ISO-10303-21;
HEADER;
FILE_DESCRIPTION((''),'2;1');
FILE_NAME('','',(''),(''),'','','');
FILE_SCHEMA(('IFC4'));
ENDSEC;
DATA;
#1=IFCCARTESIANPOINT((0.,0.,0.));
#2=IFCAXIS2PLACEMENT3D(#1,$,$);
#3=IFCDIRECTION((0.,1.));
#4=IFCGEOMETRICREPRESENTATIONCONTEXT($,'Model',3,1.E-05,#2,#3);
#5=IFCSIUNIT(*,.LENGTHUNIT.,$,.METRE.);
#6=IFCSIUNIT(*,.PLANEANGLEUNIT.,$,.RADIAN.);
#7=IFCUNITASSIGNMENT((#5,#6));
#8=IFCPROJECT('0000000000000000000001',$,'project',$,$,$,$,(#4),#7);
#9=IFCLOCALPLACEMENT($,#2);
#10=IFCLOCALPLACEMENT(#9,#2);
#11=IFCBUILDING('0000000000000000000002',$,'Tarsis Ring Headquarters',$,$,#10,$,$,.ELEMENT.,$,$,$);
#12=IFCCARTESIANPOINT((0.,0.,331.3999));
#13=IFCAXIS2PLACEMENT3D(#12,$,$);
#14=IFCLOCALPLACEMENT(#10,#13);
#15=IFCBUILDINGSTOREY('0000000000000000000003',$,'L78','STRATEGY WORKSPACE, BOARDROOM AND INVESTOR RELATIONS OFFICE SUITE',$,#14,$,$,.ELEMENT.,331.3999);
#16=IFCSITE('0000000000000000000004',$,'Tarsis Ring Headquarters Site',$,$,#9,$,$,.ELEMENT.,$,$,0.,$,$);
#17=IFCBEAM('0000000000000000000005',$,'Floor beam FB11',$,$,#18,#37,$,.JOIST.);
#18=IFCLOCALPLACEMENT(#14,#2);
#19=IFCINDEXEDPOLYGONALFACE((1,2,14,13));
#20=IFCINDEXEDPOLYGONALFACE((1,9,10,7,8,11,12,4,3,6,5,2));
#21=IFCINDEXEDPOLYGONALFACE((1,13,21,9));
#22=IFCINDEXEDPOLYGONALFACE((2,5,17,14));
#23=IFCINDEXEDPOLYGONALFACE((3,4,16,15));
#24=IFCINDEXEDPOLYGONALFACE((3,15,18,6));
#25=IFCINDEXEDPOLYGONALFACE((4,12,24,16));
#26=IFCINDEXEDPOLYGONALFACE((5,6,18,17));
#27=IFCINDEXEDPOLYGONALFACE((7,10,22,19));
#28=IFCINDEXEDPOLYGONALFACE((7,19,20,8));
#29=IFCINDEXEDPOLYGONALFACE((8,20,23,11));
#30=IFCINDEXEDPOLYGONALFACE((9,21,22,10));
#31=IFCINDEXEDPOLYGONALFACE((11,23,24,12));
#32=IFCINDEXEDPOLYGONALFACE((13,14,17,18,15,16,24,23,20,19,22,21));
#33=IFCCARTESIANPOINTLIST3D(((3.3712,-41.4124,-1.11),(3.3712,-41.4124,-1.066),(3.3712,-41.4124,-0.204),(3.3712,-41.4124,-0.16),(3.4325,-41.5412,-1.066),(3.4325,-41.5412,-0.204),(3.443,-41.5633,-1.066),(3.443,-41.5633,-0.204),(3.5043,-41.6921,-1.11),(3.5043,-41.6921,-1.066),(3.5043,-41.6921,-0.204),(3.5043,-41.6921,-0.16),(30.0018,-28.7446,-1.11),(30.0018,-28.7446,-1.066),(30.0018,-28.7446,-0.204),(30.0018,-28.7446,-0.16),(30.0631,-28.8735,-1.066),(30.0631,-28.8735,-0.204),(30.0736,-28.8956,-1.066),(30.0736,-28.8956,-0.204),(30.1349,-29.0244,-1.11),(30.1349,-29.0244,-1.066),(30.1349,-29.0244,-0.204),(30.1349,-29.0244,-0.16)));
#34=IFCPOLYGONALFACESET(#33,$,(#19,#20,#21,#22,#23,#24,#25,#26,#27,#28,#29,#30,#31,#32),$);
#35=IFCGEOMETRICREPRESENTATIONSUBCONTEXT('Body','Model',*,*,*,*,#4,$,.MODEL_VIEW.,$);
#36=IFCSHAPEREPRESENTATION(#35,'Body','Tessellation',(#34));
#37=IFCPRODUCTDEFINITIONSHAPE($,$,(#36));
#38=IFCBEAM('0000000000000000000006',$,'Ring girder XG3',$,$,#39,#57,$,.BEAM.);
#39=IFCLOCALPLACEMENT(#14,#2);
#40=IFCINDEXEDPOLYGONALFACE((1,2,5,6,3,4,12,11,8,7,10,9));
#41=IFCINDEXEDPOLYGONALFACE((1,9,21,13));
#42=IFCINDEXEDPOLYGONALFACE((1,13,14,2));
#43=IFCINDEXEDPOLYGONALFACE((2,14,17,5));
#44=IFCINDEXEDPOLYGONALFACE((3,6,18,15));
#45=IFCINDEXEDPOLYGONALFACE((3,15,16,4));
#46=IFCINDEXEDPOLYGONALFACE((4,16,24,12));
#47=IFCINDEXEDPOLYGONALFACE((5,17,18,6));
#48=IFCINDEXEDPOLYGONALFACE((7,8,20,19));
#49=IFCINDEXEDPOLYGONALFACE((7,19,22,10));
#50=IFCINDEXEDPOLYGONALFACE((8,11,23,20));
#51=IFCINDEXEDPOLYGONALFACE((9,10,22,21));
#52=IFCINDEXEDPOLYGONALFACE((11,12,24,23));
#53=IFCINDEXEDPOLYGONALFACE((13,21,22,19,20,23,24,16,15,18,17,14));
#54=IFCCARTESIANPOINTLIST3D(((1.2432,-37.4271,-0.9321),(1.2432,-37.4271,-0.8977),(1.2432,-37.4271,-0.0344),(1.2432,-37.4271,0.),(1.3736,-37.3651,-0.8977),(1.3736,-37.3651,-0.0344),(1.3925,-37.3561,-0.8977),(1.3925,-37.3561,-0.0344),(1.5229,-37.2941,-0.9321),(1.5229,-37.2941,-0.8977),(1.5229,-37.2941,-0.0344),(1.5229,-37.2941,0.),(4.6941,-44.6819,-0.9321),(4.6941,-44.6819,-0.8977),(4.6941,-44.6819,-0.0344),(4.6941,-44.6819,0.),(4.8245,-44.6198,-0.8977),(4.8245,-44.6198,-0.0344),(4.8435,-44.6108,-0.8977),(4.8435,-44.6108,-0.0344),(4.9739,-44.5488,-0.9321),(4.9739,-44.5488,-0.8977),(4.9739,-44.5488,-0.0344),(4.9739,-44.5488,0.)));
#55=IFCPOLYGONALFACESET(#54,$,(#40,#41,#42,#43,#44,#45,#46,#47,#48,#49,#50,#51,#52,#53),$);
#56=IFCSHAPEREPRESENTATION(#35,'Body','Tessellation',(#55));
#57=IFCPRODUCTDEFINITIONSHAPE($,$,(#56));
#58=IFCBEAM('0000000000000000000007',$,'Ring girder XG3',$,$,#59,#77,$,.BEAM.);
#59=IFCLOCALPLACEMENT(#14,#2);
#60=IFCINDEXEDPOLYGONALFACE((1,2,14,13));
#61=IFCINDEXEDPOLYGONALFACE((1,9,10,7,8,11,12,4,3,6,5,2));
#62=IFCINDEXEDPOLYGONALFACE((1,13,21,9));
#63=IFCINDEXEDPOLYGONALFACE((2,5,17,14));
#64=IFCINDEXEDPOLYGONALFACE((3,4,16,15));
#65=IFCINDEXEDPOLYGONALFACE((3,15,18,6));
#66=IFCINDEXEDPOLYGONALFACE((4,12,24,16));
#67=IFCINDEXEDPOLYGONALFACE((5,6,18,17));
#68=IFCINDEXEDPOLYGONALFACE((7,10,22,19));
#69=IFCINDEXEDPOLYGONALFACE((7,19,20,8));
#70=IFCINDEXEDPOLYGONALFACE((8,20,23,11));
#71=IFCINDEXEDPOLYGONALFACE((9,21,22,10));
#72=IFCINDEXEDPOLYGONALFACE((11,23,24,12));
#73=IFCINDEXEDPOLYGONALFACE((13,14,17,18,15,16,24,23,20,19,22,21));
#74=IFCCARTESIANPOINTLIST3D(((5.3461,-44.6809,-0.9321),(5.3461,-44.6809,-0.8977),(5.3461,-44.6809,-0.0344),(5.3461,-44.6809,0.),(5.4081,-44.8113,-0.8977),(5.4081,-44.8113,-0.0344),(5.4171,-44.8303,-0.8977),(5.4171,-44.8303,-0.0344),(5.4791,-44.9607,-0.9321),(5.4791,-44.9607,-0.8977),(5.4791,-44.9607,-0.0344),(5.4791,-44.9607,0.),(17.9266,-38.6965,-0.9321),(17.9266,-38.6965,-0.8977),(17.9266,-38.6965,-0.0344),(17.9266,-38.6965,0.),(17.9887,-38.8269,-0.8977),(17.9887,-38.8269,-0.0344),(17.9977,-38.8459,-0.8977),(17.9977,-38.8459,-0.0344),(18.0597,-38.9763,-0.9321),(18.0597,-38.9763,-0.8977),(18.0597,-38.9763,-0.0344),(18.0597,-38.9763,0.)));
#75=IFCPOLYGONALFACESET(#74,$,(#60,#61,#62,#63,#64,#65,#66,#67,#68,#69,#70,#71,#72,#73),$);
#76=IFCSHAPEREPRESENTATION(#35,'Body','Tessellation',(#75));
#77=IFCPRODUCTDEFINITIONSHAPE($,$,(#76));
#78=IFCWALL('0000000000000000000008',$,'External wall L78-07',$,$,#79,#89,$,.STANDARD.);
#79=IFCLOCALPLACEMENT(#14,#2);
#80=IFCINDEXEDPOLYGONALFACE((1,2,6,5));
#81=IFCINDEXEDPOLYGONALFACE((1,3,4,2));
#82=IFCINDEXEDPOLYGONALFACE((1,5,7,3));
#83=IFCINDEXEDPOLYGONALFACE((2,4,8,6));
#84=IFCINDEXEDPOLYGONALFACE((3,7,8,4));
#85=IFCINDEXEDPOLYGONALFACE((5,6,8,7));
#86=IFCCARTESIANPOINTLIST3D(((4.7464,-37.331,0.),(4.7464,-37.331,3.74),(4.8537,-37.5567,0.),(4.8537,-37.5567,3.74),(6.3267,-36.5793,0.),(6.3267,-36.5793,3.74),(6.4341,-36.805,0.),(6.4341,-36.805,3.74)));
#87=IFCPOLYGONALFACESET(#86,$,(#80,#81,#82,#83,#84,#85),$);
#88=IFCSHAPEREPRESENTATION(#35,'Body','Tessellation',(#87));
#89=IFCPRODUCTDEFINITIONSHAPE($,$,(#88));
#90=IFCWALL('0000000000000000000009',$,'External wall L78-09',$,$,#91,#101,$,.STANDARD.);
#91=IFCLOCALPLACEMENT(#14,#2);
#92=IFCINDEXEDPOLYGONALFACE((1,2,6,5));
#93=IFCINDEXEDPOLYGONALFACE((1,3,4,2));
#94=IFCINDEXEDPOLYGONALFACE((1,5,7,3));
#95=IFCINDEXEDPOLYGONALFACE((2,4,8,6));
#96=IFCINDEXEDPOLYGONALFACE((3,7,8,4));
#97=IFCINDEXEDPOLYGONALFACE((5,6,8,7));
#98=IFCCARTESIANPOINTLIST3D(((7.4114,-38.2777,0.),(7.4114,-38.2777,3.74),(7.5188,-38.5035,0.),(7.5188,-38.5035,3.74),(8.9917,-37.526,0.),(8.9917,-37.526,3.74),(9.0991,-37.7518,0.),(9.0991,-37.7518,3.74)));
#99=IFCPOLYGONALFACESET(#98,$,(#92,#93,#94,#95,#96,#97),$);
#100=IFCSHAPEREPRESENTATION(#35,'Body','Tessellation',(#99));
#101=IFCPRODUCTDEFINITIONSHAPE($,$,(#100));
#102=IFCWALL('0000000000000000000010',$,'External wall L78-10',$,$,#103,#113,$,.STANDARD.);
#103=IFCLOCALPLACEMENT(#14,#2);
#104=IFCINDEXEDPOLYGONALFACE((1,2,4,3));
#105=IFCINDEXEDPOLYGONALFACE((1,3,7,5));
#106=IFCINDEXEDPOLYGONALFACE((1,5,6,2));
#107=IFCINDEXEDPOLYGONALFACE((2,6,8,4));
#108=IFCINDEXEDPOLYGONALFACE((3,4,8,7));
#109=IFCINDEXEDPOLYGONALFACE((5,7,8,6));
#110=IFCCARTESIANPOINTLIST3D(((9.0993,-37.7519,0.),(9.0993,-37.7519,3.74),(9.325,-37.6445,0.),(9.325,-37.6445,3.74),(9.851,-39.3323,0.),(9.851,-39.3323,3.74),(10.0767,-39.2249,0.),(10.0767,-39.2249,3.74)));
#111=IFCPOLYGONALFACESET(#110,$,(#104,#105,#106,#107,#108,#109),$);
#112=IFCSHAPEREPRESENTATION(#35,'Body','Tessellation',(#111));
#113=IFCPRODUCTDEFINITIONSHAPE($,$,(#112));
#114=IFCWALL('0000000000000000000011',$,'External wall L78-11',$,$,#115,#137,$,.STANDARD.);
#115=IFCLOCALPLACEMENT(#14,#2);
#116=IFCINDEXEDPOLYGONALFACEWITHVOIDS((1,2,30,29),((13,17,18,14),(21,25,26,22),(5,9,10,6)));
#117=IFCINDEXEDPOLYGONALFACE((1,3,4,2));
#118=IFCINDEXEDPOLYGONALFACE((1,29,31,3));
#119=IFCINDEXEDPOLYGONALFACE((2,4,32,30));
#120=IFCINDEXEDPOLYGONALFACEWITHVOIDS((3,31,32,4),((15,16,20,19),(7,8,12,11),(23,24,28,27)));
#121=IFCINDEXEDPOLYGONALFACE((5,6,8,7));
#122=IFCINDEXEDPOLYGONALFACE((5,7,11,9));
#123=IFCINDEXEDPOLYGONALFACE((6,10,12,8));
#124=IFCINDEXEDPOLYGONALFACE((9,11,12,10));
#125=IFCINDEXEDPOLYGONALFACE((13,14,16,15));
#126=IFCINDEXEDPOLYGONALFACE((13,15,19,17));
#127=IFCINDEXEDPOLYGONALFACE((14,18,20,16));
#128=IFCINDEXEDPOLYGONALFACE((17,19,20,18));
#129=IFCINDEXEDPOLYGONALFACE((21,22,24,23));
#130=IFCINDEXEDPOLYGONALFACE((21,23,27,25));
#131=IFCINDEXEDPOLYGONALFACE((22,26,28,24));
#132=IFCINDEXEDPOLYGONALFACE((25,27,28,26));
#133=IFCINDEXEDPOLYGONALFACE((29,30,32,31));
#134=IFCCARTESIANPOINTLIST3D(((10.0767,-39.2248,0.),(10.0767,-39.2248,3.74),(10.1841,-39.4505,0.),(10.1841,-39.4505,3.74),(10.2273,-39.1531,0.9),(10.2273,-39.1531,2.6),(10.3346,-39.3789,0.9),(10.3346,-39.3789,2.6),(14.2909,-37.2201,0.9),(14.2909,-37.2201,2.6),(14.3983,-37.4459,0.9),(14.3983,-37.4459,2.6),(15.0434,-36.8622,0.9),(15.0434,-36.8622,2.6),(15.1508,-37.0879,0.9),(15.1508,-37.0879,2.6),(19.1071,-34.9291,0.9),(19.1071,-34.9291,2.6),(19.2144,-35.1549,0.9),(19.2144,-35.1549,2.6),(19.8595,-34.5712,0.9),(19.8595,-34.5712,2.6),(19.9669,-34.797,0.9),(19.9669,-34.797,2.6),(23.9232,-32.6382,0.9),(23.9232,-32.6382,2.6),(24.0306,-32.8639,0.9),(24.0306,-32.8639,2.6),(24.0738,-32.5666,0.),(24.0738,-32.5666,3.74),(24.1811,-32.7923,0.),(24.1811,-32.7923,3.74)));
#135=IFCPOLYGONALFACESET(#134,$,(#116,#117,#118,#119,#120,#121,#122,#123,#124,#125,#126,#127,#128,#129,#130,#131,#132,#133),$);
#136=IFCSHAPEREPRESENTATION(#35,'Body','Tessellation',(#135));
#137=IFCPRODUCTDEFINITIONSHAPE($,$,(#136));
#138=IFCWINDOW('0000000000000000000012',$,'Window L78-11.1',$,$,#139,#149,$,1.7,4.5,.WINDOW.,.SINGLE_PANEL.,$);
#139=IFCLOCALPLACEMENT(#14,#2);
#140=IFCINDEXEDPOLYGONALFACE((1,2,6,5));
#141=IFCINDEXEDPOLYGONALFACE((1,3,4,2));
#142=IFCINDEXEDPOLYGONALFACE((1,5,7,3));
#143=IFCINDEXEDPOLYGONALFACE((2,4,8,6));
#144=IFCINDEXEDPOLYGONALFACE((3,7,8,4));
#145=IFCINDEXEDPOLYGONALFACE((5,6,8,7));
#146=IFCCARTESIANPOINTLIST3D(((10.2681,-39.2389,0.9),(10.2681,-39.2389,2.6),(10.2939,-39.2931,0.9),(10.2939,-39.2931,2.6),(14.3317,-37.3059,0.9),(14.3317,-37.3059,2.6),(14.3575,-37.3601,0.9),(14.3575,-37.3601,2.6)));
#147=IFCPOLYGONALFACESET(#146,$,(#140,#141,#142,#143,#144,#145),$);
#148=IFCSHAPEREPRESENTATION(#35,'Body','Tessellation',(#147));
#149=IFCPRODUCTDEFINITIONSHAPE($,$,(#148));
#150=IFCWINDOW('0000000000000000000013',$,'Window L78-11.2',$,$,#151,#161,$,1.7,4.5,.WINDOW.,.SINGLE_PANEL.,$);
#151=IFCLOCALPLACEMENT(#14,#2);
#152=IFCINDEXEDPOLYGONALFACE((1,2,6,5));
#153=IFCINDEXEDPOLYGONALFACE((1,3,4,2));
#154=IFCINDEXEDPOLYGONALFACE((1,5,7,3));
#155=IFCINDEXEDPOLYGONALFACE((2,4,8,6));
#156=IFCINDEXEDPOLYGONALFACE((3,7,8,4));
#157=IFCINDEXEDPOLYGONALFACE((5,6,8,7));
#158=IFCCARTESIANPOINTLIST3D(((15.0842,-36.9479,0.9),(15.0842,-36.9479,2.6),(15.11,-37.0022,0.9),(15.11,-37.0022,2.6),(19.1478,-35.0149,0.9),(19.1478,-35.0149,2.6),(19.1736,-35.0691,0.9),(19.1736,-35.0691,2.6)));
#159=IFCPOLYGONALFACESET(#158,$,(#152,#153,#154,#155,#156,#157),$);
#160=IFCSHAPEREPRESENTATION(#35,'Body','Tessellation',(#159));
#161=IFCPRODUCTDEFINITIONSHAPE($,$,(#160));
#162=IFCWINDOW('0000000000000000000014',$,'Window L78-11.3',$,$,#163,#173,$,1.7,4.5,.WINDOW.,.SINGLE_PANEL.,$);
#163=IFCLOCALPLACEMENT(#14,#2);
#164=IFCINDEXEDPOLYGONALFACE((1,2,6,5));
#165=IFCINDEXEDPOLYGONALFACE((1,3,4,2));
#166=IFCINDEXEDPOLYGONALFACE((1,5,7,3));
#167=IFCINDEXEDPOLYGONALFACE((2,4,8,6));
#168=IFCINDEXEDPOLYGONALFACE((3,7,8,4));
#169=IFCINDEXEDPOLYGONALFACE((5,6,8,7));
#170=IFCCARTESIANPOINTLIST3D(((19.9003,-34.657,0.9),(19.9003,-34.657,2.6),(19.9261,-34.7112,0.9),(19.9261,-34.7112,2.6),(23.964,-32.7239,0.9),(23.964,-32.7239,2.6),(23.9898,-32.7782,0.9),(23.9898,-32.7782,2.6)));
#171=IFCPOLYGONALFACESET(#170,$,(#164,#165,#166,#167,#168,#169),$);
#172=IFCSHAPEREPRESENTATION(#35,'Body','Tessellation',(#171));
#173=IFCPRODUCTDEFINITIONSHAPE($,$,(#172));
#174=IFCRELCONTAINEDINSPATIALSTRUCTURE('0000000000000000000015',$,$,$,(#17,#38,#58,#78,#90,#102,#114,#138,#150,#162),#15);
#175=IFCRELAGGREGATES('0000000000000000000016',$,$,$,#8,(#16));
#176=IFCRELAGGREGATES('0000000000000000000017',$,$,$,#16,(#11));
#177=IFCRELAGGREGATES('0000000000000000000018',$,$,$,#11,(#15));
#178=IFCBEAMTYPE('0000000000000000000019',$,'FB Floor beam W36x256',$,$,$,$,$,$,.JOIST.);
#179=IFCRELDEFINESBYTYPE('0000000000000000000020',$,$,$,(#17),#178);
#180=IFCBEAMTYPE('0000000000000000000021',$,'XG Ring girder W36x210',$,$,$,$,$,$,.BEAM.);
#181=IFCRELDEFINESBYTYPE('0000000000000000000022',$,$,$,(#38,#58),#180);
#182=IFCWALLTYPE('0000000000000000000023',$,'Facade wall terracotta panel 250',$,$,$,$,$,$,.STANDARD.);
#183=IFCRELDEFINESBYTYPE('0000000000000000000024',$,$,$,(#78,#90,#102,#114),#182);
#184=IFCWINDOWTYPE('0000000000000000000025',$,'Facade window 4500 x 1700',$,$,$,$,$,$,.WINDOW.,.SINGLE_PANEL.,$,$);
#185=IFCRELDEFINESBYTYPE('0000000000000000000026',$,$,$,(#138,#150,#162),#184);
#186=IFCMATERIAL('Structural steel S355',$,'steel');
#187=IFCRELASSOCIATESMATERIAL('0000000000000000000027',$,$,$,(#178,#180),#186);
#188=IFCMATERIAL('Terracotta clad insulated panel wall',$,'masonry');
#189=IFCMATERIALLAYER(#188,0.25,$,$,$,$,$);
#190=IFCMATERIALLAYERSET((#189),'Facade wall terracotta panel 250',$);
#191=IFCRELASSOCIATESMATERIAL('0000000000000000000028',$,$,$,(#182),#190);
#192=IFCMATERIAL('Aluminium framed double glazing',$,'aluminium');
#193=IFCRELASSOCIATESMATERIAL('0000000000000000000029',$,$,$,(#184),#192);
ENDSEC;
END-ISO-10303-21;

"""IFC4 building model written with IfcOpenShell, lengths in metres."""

from ifc_helpers import new_model, si_unit, direction, frame, frame_2d, origin, origin_2d, place, context, subcontext, project, spatial, rectangle, i_section, extrude, material, layer, layer_set, material_profile, profile_set, type_object, element, fill, save


model = new_model("IFC4")

# Units and contexts
model_context = context("Model", 3, precision=1e-05, world=origin(), true_north=direction((0.0, 1.0)))
body_context = subcontext(model_context, "Body", "Model", "MODEL_VIEW")
ifc_project = project(units=[si_unit("LENGTHUNIT", "METRE"), si_unit("PLANEANGLEUNIT", "RADIAN")], contexts=[model_context])

# Site, building, storey
site_placement = place(None, origin())
site = spatial("IfcSite", under=ifc_project, at=site_placement, Name="Tarsis Ring Headquarters Site", CompositionType="ELEMENT", RefElevation=0.0)
building_placement = place(site_placement, origin())
building = spatial("IfcBuilding", under=site, at=building_placement, Name="Tarsis Ring Headquarters", CompositionType="ELEMENT")
storey_placement = place(building_placement, frame((0.0, 0.0, 331.3999)))
storey = spatial("IfcBuildingStorey", under=building, at=storey_placement, Name="L78", Description="STRATEGY WORKSPACE, BOARDROOM AND INVESTOR RELATIONS OFFICE SUITE", CompositionType="ELEMENT", Elevation=331.3999)

# Shared definitions
ifc_material_1 = material(Name="Structural steel S355", Category="steel")

# Beams
ifc_material_profile_1 = material_profile(ifc_material_1, i_section(OverallWidth=0.3098, OverallDepth=0.95, WebThickness=0.0244, FlangeThickness=0.0439, at=origin_2d()), Name="W36x256")
ifc_profile_set_1 = profile_set([ifc_material_profile_1], Name="Structural steel S355")
beam_type_1 = type_object("IfcBeamType", Name="FB Floor beam W36x256", PredefinedType="JOIST", material=ifc_profile_set_1)
beam_1_placement = place(storey_placement, frame((3.4377, -41.5522, -0.635), z_axis=(0.903038, 0.42956, 0.0), x_axis=(-0.42956, 0.903038, 0.0)))
element("IfcBeam", 1, at=beam_1_placement, inside=storey, type_object=beam_type_1, Name="Floor beam FB11", PredefinedType="JOIST", context=body_context, shape_type="SweptSolid", body=[
    extrude(i_section(OverallWidth=0.3098, OverallDepth=0.95, WebThickness=0.0244, FlangeThickness=0.0439, at=origin_2d()), origin(), (0.0, 0.0, 1.0), 29.49),
])
ifc_material_profile_2 = material_profile(ifc_material_1, i_section(OverallWidth=0.3098, OverallDepth=0.9321, WebThickness=0.021, FlangeThickness=0.0344, at=origin_2d()), Name="W36x210")
ifc_profile_set_2 = profile_set([ifc_material_profile_2], Name="Structural steel S355")
beam_type_2 = type_object("IfcBeamType", Name="XG Ring girder W36x210", PredefinedType="BEAM", material=ifc_profile_set_2)
beam_2_placement = place(storey_placement, frame((1.3831, -37.3606, -0.4661), z_axis=(0.429562, -0.903037, 0.0), x_axis=(0.903037, 0.429562, 0.0)))
element("IfcBeam", 2, at=beam_2_placement, inside=storey, type_object=beam_type_2, Name="Ring girder XG3", PredefinedType="BEAM", context=body_context, shape_type="SweptSolid", body=[
    extrude(i_section(OverallWidth=0.3098, OverallDepth=0.9321, WebThickness=0.021, FlangeThickness=0.0344, at=origin_2d()), origin(), (0.0, 0.0, 1.0), 8.0337),
])
beam_3_placement = place(storey_placement, frame((5.4126, -44.8208, -0.4661), z_axis=(0.903038, 0.429561, 0.0), x_axis=(-0.429561, 0.903038, 0.0)))
element("IfcBeam", 3, at=beam_3_placement, inside=storey, type_object=beam_type_2, Name="Ring girder XG3", PredefinedType="BEAM", context=body_context, shape_type="SweptSolid", body=[
    extrude(i_section(OverallWidth=0.3098, OverallDepth=0.9321, WebThickness=0.021, FlangeThickness=0.0344, at=origin_2d()), origin(), (0.0, 0.0, 1.0), 13.9314),
])

# Walls
ifc_material_2 = material(Name="Terracotta clad insulated panel wall", Category="masonry")
ifc_layer = layer(ifc_material_2, 0.25)
ifc_layer_set = layer_set([ifc_layer], Name="Facade wall terracotta panel 250")
wall_type = type_object("IfcWallType", Name="Facade wall terracotta panel 250", PredefinedType="STANDARD", material=ifc_layer_set)
for number, where, z_axis, x_axis, name in (
    (4, (4.8, -37.4438, 0.0), (0.0, 0.0, 1.0), (0.903044, 0.429549, 0.0), "External wall L78-07"),
    (5, (7.4651, -38.3906, 0.0), (0.0, 0.0, 1.0), (0.903044, 0.429549, 0.0), "External wall L78-09"),
    (6, (9.2122, -37.6982, 0.0), (0.0, 0.0, 1.0), (0.429549, -0.903044, 0.0), "External wall L78-10"),
):
    element("IfcWall", number, at=place(storey_placement, frame(where, z_axis=z_axis, x_axis=x_axis)), inside=storey, type_object=wall_type, Name=name, PredefinedType="STANDARD", context=body_context, shape_type="SweptSolid", body=[
        extrude(rectangle(XDim=1.75, YDim=0.25, at=frame_2d((0.875, 0.0))), origin(), (0.0, 0.0, 1.0), 3.74),
    ])

# Wall, openings, windows
wall_placement = place(storey_placement, frame((10.1304, -39.3376, 0.0), z_axis=(0.0, 0.0, 1.0), x_axis=(0.903037, 0.429562, 0.0)))
wall = element("IfcWall", 7, at=wall_placement, inside=storey, type_object=wall_type, Name="External wall L78-11", PredefinedType="STANDARD", context=body_context, shape_type="SweptSolid", body=[
    extrude(rectangle(XDim=15.5, YDim=0.25, at=frame_2d((7.75, 0.0))), origin(), (0.0, 0.0, 1.0), 3.74),
])
opening_1_placement = place(wall_placement, frame((0.1667, 0.0, 0.8999)))
opening_1 = element("IfcOpeningElement", 8, at=opening_1_placement, cuts=wall, PredefinedType="OPENING", context=body_context, shape_type="SweptSolid", body=[
    extrude(rectangle(XDim=4.5, YDim=1.7, at=frame_2d((2.25, 0.8501))), frame((0.0, 0.135, 0.0), z_axis=(0.0, -1.0, 0.0), x_axis=(1.0, 0.0, 0.0)), (0.0, 0.0, 1.0), 0.27),
])
opening_2_placement = place(wall_placement, frame((5.5, 0.0, 0.8999)))
opening_2 = element("IfcOpeningElement", 9, at=opening_2_placement, cuts=wall, PredefinedType="OPENING", context=body_context, shape_type="SweptSolid", body=[
    extrude(rectangle(XDim=4.5, YDim=1.7, at=frame_2d((2.25, 0.8501))), frame((0.0, 0.135, 0.0), z_axis=(0.0, -1.0, 0.0), x_axis=(1.0, 0.0, 0.0)), (0.0, 0.0, 1.0), 0.27),
])
opening_3_placement = place(wall_placement, frame((10.8333, 0.0, 0.8999)))
opening_3 = element("IfcOpeningElement", 10, at=opening_3_placement, cuts=wall, PredefinedType="OPENING", context=body_context, shape_type="SweptSolid", body=[
    extrude(rectangle(XDim=4.5, YDim=1.7, at=frame_2d((2.25, 0.8501))), frame((0.0, 0.135, 0.0), z_axis=(0.0, -1.0, 0.0), x_axis=(1.0, 0.0, 0.0)), (0.0, 0.0, 1.0), 0.27),
])
ifc_material_3 = material(Name="Aluminium framed double glazing", Category="aluminium")
window_type = type_object("IfcWindowType", Name="Facade window 4500 x 1700", PartitioningType="SINGLE_PANEL", PredefinedType="WINDOW", material=ifc_material_3)
window_1_placement = place(opening_1_placement, origin())
window_1 = element("IfcWindow", 11, at=window_1_placement, inside=storey, type_object=window_type, Name="Window L78-11.1", OverallHeight=1.7, OverallWidth=4.5, PartitioningType="SINGLE_PANEL", PredefinedType="WINDOW", context=body_context, shape_type="SweptSolid", body=[
    extrude(rectangle(XDim=4.5, YDim=1.7, at=frame_2d((2.25, 0.8501))), frame((0.0, 0.03, 0.0), z_axis=(0.0, -1.0, 0.0), x_axis=(1.0, 0.0, 0.0)), (0.0, 0.0, 1.0), 0.0601),
])
fill(opening_1, window_1)
window_2_placement = place(opening_2_placement, origin())
window_2 = element("IfcWindow", 12, at=window_2_placement, inside=storey, type_object=window_type, Name="Window L78-11.2", OverallHeight=1.7, OverallWidth=4.5, PartitioningType="SINGLE_PANEL", PredefinedType="WINDOW", context=body_context, shape_type="SweptSolid", body=[
    extrude(rectangle(XDim=4.5, YDim=1.7, at=frame_2d((2.25, 0.8501))), frame((0.0, 0.03, 0.0), z_axis=(0.0, -1.0, 0.0), x_axis=(1.0, 0.0, 0.0)), (0.0, 0.0, 1.0), 0.0601),
])
fill(opening_2, window_2)
window_3_placement = place(opening_3_placement, origin())
window_3 = element("IfcWindow", 13, at=window_3_placement, inside=storey, type_object=window_type, Name="Window L78-11.3", OverallHeight=1.7, OverallWidth=4.5, PartitioningType="SINGLE_PANEL", PredefinedType="WINDOW", context=body_context, shape_type="SweptSolid", body=[
    extrude(rectangle(XDim=4.5, YDim=1.7, at=frame_2d((2.25, 0.8501))), frame((0.0, 0.03, 0.0), z_axis=(0.0, -1.0, 0.0), x_axis=(1.0, 0.0, 0.0)), (0.0, 0.0, 1.0), 0.0601),
])
fill(opening_3, window_3)

save(model, "model.ifc")
